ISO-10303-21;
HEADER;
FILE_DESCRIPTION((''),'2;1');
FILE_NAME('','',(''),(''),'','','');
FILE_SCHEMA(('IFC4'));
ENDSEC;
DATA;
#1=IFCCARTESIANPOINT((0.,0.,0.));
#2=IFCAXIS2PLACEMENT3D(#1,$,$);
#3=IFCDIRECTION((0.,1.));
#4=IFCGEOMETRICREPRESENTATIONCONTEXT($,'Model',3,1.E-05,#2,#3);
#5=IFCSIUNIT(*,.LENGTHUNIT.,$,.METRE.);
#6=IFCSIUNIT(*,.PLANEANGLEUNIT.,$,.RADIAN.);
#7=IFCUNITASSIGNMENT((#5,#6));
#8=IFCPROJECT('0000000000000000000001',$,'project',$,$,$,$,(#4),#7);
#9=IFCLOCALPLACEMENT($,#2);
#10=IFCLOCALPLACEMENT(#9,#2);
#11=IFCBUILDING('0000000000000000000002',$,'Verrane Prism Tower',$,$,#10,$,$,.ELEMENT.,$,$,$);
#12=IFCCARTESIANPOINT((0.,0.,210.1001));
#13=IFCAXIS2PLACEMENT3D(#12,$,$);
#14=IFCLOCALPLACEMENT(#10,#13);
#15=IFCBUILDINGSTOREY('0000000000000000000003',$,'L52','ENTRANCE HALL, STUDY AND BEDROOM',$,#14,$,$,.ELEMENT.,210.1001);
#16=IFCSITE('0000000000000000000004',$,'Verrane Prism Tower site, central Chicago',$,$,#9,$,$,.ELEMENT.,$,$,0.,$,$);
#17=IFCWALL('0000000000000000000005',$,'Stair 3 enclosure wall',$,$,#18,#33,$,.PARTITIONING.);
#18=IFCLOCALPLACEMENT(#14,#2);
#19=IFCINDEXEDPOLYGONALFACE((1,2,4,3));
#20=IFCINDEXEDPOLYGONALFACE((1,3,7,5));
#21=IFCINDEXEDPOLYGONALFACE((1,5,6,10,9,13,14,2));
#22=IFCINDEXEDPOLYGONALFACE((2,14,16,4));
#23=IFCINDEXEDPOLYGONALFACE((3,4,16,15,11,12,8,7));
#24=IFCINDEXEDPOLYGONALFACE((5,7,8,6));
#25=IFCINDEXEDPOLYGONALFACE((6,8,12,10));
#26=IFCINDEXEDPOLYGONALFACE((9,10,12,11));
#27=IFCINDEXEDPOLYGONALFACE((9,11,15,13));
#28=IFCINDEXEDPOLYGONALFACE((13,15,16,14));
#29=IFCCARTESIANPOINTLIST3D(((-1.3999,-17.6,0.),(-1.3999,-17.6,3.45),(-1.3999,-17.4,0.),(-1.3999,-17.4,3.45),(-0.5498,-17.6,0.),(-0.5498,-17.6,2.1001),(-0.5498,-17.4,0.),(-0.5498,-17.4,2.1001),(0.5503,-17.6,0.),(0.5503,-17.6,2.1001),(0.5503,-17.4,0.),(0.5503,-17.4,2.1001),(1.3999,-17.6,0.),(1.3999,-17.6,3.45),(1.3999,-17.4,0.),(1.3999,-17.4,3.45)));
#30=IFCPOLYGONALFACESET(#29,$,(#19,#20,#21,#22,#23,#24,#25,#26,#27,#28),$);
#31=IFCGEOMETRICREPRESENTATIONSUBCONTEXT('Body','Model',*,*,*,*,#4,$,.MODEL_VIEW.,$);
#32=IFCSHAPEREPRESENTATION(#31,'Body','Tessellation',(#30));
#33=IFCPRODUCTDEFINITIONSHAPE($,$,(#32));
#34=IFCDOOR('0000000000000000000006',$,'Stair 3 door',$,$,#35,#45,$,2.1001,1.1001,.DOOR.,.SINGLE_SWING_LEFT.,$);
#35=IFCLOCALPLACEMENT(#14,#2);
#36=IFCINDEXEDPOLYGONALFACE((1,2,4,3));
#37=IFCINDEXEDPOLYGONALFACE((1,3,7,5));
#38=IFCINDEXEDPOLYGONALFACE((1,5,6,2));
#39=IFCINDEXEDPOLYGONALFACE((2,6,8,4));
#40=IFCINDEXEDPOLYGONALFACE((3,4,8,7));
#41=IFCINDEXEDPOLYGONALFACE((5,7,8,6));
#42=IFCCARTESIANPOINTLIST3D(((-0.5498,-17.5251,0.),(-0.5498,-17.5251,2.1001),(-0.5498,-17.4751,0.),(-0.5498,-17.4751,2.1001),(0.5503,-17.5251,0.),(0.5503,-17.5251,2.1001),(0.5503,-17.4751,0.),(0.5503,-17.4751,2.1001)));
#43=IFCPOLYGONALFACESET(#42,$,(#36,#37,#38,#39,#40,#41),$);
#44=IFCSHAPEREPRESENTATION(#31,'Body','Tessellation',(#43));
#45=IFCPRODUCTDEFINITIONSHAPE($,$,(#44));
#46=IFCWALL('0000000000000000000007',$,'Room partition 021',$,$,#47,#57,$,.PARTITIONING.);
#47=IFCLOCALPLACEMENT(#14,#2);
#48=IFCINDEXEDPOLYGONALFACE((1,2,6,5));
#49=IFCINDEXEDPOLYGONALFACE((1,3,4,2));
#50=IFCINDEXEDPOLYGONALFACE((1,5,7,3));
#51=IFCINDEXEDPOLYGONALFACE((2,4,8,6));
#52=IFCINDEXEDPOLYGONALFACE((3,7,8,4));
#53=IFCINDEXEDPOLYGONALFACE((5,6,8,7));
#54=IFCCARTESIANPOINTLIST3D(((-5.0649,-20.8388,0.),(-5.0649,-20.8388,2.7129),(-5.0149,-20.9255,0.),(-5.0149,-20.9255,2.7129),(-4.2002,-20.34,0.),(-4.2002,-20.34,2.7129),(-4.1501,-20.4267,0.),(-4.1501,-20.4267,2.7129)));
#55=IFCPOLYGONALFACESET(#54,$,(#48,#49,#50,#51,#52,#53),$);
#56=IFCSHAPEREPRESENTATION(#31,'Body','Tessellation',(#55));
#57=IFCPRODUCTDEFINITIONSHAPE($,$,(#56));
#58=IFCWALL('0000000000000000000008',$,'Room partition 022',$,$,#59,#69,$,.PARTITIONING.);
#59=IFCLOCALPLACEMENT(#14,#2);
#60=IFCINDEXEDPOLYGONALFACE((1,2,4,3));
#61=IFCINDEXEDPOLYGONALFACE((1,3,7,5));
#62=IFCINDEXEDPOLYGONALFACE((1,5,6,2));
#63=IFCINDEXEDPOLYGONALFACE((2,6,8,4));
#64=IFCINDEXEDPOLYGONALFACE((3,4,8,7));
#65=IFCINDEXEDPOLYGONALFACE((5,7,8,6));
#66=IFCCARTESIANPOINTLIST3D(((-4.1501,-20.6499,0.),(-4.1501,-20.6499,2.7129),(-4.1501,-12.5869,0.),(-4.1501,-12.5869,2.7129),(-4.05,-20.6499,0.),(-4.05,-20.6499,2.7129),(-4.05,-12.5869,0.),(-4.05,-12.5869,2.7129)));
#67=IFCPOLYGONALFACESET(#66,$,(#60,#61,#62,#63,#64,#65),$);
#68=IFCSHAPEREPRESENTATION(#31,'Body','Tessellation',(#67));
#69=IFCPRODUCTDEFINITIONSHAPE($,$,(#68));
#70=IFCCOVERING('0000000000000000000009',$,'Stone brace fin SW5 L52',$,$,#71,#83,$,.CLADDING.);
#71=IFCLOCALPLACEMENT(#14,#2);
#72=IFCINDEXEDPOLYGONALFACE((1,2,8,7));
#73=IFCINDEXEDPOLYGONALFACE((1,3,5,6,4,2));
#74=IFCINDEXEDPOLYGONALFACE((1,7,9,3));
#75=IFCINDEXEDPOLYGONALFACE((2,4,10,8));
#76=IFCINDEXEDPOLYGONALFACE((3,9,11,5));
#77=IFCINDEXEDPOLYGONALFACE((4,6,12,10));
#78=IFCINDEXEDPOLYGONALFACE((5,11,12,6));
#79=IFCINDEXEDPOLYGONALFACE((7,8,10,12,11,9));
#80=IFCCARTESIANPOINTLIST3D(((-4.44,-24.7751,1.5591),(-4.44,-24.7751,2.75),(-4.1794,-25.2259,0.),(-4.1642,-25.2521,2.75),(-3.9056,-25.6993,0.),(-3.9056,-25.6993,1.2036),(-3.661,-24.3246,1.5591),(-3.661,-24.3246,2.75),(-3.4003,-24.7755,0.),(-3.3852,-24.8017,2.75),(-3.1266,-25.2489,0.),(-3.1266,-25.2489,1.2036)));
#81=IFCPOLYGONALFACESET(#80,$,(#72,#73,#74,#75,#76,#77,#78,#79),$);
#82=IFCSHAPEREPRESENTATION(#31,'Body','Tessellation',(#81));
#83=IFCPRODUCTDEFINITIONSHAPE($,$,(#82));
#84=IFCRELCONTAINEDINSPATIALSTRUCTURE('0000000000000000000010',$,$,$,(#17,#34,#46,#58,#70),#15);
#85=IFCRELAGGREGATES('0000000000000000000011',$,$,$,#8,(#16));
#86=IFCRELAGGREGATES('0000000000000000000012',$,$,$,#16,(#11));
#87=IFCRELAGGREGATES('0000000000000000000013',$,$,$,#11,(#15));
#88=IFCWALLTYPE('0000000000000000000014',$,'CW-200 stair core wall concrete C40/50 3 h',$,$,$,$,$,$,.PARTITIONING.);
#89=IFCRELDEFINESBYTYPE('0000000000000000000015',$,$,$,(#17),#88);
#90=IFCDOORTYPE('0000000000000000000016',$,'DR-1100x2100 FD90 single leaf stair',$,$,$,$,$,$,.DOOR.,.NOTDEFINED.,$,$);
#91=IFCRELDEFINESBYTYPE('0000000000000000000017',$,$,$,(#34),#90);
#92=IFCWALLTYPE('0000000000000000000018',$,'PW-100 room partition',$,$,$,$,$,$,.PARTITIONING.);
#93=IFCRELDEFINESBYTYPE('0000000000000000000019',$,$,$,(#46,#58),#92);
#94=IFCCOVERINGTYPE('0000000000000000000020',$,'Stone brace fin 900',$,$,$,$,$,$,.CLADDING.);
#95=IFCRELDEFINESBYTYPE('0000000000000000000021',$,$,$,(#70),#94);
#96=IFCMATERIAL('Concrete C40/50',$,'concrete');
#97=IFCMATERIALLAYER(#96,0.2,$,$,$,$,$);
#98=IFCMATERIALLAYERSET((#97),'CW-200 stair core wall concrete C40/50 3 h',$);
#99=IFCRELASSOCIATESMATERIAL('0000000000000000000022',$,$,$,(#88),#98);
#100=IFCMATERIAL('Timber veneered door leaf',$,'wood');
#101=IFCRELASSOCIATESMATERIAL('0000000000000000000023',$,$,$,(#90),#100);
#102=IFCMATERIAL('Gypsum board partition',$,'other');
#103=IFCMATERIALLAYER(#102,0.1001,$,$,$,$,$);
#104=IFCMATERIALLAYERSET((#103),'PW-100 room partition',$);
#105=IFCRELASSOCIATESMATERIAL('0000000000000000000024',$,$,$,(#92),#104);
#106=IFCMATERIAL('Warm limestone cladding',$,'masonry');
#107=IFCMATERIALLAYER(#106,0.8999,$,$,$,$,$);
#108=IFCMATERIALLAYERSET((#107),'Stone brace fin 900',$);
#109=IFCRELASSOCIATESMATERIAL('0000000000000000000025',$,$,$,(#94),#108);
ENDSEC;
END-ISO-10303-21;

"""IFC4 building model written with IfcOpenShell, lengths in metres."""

from ifc_helpers import new_model, si_unit, direction, frame, frame_2d, origin, place, context, subcontext, project, spatial, polyline, rectangle, outline, extrude, material, layer, layer_set, type_object, element, fill, save


model = new_model("IFC4")

# Units and contexts
model_context = context("Model", 3, precision=1e-05, world=origin(), true_north=direction((0.0, 1.0)))
body_context = subcontext(model_context, "Body", "Model", "MODEL_VIEW")
ifc_project = project(units=[si_unit("LENGTHUNIT", "METRE"), si_unit("PLANEANGLEUNIT", "RADIAN")], contexts=[model_context])

# Site, building, storey
site_placement = place(None, origin())
site = spatial("IfcSite", under=ifc_project, at=site_placement, Name="Verrane Prism Tower site, central Chicago", CompositionType="ELEMENT", RefElevation=0.0)
building_placement = place(site_placement, origin())
building = spatial("IfcBuilding", under=site, at=building_placement, Name="Verrane Prism Tower", CompositionType="ELEMENT")
storey_placement = place(building_placement, frame((0.0, 0.0, 210.1001)))
storey = spatial("IfcBuildingStorey", under=building, at=storey_placement, Name="L52", Description="ENTRANCE HALL, STUDY AND BEDROOM", CompositionType="ELEMENT", Elevation=210.1001)

# Wall, opening, door
ifc_material_1 = material(Name="Concrete C40/50", Category="concrete")
ifc_layer_1 = layer(ifc_material_1, 0.2)
ifc_layer_set_1 = layer_set([ifc_layer_1], Name="CW-200 stair core wall concrete C40/50 3 h")
wall_type_1 = type_object("IfcWallType", Name="CW-200 stair core wall concrete C40/50 3 h", PredefinedType="PARTITIONING", material=ifc_layer_set_1)
wall_1_placement = place(storey_placement, frame((-1.3999, -17.5, 0.0), z_axis=(0.0, 0.0, 1.0), x_axis=(1.0, 0.0, 0.0)))
wall_1 = element("IfcWall", 1, at=wall_1_placement, inside=storey, type_object=wall_type_1, Name="Stair 3 enclosure wall", PredefinedType="PARTITIONING", context=body_context, shape_type="SweptSolid", body=[
    extrude(rectangle(XDim=2.7998, YDim=0.2, at=frame_2d((1.3999, 0.0))), origin(), (0.0, 0.0, 1.0), 3.45),
])
opening_placement = place(wall_1_placement, frame((0.8501, 0.0, 0.0)))
opening = element("IfcOpeningElement", 2, at=opening_placement, cuts=wall_1, PredefinedType="OPENING", context=body_context, shape_type="SweptSolid", body=[
    extrude(rectangle(XDim=1.1001, YDim=2.1001, at=frame_2d((0.55, 1.05))), frame((0.0, 0.1099, 0.0), z_axis=(0.0, -1.0, 0.0), x_axis=(1.0, 0.0, 0.0)), (0.0, 0.0, 1.0), 0.22),
])
ifc_material_2 = material(Name="Timber veneered door leaf", Category="wood")
door_type = type_object("IfcDoorType", Name="DR-1100x2100 FD90 single leaf stair", OperationType="NOTDEFINED", PredefinedType="DOOR", material=ifc_material_2)
door_placement = place(opening_placement, origin())
door = element("IfcDoor", 3, at=door_placement, inside=storey, type_object=door_type, Name="Stair 3 door", OperationType="SINGLE_SWING_LEFT", OverallHeight=2.1001, OverallWidth=1.1001, PredefinedType="DOOR", context=body_context, shape_type="SweptSolid", body=[
    extrude(rectangle(XDim=1.1001, YDim=2.1001, at=frame_2d((0.55, 1.05))), frame((0.0, 0.0249, 0.0), z_axis=(0.0, -1.0, 0.0), x_axis=(1.0, 0.0, 0.0)), (0.0, 0.0, 1.0), 0.05),
])
fill(opening, door)

# Walls
ifc_material_3 = material(Name="Gypsum board partition", Category="other")
ifc_layer_2 = layer(ifc_material_3, 0.1001)
ifc_layer_set_2 = layer_set([ifc_layer_2], Name="PW-100 room partition")
wall_type_2 = type_object("IfcWallType", Name="PW-100 room partition", PredefinedType="PARTITIONING", material=ifc_layer_set_2)
wall_2_placement = place(storey_placement, frame((-5.0398, -20.8821, 0.0), z_axis=(0.0, 0.0, 1.0), x_axis=(0.866234, 0.499638, 0.0)))
element("IfcWall", 4, at=wall_2_placement, inside=storey, type_object=wall_type_2, Name="Room partition 021", PredefinedType="PARTITIONING", context=body_context, shape_type="SweptSolid", body=[
    extrude(rectangle(XDim=0.9983, YDim=0.1001, at=frame_2d((0.499, 0.0))), origin(), (0.0, 0.0, 1.0), 2.7129),
])
wall_3_placement = place(storey_placement, frame((-4.1001, -20.6499, 0.0), z_axis=(0.0, 0.0, 1.0), x_axis=(0.0, 1.0, 0.0)))
element("IfcWall", 5, at=wall_3_placement, inside=storey, type_object=wall_type_2, Name="Room partition 022", PredefinedType="PARTITIONING", context=body_context, shape_type="SweptSolid", body=[
    extrude(rectangle(XDim=8.063, YDim=0.1001, at=frame_2d((4.0315, 0.0))), origin(), (0.0, 0.0, 1.0), 2.7129),
])

# Covering
ifc_material_4 = material(Name="Warm limestone cladding", Category="masonry")
ifc_layer_3 = layer(ifc_material_4, 0.8999)
ifc_layer_set_3 = layer_set([ifc_layer_3], Name="Stone brace fin 900")
covering_type = type_object("IfcCoveringType", Name="Stone brace fin 900", PredefinedType="CLADDING", material=ifc_layer_set_3)
covering_placement = place(storey_placement, frame((-3.5161, -25.4741, 0.0), z_axis=(0.0, 0.0, 1.0), x_axis=(-0.50054, 0.865713, 0.0)))
element("IfcCovering", 6, at=covering_placement, inside=storey, type_object=covering_type, Name="Stone brace fin SW5 L52", PredefinedType="CLADDING", context=body_context, shape_type="SweptSolid", body=[
    extrude(outline(polyline([(1.0676, 2.75), (0.5166, 2.75), (0.0, 1.2036), (0.0, 0.0), (0.5469, 0.0), (1.0676, 1.5591), (1.0676, 2.75)])), frame((0.0, 0.45, 0.0), z_axis=(0.0, -1.0, 0.0), x_axis=(1.0, 0.0, 0.0)), (0.0, 0.0, 1.0), 0.8999),
])

save(model, "model.ifc")
